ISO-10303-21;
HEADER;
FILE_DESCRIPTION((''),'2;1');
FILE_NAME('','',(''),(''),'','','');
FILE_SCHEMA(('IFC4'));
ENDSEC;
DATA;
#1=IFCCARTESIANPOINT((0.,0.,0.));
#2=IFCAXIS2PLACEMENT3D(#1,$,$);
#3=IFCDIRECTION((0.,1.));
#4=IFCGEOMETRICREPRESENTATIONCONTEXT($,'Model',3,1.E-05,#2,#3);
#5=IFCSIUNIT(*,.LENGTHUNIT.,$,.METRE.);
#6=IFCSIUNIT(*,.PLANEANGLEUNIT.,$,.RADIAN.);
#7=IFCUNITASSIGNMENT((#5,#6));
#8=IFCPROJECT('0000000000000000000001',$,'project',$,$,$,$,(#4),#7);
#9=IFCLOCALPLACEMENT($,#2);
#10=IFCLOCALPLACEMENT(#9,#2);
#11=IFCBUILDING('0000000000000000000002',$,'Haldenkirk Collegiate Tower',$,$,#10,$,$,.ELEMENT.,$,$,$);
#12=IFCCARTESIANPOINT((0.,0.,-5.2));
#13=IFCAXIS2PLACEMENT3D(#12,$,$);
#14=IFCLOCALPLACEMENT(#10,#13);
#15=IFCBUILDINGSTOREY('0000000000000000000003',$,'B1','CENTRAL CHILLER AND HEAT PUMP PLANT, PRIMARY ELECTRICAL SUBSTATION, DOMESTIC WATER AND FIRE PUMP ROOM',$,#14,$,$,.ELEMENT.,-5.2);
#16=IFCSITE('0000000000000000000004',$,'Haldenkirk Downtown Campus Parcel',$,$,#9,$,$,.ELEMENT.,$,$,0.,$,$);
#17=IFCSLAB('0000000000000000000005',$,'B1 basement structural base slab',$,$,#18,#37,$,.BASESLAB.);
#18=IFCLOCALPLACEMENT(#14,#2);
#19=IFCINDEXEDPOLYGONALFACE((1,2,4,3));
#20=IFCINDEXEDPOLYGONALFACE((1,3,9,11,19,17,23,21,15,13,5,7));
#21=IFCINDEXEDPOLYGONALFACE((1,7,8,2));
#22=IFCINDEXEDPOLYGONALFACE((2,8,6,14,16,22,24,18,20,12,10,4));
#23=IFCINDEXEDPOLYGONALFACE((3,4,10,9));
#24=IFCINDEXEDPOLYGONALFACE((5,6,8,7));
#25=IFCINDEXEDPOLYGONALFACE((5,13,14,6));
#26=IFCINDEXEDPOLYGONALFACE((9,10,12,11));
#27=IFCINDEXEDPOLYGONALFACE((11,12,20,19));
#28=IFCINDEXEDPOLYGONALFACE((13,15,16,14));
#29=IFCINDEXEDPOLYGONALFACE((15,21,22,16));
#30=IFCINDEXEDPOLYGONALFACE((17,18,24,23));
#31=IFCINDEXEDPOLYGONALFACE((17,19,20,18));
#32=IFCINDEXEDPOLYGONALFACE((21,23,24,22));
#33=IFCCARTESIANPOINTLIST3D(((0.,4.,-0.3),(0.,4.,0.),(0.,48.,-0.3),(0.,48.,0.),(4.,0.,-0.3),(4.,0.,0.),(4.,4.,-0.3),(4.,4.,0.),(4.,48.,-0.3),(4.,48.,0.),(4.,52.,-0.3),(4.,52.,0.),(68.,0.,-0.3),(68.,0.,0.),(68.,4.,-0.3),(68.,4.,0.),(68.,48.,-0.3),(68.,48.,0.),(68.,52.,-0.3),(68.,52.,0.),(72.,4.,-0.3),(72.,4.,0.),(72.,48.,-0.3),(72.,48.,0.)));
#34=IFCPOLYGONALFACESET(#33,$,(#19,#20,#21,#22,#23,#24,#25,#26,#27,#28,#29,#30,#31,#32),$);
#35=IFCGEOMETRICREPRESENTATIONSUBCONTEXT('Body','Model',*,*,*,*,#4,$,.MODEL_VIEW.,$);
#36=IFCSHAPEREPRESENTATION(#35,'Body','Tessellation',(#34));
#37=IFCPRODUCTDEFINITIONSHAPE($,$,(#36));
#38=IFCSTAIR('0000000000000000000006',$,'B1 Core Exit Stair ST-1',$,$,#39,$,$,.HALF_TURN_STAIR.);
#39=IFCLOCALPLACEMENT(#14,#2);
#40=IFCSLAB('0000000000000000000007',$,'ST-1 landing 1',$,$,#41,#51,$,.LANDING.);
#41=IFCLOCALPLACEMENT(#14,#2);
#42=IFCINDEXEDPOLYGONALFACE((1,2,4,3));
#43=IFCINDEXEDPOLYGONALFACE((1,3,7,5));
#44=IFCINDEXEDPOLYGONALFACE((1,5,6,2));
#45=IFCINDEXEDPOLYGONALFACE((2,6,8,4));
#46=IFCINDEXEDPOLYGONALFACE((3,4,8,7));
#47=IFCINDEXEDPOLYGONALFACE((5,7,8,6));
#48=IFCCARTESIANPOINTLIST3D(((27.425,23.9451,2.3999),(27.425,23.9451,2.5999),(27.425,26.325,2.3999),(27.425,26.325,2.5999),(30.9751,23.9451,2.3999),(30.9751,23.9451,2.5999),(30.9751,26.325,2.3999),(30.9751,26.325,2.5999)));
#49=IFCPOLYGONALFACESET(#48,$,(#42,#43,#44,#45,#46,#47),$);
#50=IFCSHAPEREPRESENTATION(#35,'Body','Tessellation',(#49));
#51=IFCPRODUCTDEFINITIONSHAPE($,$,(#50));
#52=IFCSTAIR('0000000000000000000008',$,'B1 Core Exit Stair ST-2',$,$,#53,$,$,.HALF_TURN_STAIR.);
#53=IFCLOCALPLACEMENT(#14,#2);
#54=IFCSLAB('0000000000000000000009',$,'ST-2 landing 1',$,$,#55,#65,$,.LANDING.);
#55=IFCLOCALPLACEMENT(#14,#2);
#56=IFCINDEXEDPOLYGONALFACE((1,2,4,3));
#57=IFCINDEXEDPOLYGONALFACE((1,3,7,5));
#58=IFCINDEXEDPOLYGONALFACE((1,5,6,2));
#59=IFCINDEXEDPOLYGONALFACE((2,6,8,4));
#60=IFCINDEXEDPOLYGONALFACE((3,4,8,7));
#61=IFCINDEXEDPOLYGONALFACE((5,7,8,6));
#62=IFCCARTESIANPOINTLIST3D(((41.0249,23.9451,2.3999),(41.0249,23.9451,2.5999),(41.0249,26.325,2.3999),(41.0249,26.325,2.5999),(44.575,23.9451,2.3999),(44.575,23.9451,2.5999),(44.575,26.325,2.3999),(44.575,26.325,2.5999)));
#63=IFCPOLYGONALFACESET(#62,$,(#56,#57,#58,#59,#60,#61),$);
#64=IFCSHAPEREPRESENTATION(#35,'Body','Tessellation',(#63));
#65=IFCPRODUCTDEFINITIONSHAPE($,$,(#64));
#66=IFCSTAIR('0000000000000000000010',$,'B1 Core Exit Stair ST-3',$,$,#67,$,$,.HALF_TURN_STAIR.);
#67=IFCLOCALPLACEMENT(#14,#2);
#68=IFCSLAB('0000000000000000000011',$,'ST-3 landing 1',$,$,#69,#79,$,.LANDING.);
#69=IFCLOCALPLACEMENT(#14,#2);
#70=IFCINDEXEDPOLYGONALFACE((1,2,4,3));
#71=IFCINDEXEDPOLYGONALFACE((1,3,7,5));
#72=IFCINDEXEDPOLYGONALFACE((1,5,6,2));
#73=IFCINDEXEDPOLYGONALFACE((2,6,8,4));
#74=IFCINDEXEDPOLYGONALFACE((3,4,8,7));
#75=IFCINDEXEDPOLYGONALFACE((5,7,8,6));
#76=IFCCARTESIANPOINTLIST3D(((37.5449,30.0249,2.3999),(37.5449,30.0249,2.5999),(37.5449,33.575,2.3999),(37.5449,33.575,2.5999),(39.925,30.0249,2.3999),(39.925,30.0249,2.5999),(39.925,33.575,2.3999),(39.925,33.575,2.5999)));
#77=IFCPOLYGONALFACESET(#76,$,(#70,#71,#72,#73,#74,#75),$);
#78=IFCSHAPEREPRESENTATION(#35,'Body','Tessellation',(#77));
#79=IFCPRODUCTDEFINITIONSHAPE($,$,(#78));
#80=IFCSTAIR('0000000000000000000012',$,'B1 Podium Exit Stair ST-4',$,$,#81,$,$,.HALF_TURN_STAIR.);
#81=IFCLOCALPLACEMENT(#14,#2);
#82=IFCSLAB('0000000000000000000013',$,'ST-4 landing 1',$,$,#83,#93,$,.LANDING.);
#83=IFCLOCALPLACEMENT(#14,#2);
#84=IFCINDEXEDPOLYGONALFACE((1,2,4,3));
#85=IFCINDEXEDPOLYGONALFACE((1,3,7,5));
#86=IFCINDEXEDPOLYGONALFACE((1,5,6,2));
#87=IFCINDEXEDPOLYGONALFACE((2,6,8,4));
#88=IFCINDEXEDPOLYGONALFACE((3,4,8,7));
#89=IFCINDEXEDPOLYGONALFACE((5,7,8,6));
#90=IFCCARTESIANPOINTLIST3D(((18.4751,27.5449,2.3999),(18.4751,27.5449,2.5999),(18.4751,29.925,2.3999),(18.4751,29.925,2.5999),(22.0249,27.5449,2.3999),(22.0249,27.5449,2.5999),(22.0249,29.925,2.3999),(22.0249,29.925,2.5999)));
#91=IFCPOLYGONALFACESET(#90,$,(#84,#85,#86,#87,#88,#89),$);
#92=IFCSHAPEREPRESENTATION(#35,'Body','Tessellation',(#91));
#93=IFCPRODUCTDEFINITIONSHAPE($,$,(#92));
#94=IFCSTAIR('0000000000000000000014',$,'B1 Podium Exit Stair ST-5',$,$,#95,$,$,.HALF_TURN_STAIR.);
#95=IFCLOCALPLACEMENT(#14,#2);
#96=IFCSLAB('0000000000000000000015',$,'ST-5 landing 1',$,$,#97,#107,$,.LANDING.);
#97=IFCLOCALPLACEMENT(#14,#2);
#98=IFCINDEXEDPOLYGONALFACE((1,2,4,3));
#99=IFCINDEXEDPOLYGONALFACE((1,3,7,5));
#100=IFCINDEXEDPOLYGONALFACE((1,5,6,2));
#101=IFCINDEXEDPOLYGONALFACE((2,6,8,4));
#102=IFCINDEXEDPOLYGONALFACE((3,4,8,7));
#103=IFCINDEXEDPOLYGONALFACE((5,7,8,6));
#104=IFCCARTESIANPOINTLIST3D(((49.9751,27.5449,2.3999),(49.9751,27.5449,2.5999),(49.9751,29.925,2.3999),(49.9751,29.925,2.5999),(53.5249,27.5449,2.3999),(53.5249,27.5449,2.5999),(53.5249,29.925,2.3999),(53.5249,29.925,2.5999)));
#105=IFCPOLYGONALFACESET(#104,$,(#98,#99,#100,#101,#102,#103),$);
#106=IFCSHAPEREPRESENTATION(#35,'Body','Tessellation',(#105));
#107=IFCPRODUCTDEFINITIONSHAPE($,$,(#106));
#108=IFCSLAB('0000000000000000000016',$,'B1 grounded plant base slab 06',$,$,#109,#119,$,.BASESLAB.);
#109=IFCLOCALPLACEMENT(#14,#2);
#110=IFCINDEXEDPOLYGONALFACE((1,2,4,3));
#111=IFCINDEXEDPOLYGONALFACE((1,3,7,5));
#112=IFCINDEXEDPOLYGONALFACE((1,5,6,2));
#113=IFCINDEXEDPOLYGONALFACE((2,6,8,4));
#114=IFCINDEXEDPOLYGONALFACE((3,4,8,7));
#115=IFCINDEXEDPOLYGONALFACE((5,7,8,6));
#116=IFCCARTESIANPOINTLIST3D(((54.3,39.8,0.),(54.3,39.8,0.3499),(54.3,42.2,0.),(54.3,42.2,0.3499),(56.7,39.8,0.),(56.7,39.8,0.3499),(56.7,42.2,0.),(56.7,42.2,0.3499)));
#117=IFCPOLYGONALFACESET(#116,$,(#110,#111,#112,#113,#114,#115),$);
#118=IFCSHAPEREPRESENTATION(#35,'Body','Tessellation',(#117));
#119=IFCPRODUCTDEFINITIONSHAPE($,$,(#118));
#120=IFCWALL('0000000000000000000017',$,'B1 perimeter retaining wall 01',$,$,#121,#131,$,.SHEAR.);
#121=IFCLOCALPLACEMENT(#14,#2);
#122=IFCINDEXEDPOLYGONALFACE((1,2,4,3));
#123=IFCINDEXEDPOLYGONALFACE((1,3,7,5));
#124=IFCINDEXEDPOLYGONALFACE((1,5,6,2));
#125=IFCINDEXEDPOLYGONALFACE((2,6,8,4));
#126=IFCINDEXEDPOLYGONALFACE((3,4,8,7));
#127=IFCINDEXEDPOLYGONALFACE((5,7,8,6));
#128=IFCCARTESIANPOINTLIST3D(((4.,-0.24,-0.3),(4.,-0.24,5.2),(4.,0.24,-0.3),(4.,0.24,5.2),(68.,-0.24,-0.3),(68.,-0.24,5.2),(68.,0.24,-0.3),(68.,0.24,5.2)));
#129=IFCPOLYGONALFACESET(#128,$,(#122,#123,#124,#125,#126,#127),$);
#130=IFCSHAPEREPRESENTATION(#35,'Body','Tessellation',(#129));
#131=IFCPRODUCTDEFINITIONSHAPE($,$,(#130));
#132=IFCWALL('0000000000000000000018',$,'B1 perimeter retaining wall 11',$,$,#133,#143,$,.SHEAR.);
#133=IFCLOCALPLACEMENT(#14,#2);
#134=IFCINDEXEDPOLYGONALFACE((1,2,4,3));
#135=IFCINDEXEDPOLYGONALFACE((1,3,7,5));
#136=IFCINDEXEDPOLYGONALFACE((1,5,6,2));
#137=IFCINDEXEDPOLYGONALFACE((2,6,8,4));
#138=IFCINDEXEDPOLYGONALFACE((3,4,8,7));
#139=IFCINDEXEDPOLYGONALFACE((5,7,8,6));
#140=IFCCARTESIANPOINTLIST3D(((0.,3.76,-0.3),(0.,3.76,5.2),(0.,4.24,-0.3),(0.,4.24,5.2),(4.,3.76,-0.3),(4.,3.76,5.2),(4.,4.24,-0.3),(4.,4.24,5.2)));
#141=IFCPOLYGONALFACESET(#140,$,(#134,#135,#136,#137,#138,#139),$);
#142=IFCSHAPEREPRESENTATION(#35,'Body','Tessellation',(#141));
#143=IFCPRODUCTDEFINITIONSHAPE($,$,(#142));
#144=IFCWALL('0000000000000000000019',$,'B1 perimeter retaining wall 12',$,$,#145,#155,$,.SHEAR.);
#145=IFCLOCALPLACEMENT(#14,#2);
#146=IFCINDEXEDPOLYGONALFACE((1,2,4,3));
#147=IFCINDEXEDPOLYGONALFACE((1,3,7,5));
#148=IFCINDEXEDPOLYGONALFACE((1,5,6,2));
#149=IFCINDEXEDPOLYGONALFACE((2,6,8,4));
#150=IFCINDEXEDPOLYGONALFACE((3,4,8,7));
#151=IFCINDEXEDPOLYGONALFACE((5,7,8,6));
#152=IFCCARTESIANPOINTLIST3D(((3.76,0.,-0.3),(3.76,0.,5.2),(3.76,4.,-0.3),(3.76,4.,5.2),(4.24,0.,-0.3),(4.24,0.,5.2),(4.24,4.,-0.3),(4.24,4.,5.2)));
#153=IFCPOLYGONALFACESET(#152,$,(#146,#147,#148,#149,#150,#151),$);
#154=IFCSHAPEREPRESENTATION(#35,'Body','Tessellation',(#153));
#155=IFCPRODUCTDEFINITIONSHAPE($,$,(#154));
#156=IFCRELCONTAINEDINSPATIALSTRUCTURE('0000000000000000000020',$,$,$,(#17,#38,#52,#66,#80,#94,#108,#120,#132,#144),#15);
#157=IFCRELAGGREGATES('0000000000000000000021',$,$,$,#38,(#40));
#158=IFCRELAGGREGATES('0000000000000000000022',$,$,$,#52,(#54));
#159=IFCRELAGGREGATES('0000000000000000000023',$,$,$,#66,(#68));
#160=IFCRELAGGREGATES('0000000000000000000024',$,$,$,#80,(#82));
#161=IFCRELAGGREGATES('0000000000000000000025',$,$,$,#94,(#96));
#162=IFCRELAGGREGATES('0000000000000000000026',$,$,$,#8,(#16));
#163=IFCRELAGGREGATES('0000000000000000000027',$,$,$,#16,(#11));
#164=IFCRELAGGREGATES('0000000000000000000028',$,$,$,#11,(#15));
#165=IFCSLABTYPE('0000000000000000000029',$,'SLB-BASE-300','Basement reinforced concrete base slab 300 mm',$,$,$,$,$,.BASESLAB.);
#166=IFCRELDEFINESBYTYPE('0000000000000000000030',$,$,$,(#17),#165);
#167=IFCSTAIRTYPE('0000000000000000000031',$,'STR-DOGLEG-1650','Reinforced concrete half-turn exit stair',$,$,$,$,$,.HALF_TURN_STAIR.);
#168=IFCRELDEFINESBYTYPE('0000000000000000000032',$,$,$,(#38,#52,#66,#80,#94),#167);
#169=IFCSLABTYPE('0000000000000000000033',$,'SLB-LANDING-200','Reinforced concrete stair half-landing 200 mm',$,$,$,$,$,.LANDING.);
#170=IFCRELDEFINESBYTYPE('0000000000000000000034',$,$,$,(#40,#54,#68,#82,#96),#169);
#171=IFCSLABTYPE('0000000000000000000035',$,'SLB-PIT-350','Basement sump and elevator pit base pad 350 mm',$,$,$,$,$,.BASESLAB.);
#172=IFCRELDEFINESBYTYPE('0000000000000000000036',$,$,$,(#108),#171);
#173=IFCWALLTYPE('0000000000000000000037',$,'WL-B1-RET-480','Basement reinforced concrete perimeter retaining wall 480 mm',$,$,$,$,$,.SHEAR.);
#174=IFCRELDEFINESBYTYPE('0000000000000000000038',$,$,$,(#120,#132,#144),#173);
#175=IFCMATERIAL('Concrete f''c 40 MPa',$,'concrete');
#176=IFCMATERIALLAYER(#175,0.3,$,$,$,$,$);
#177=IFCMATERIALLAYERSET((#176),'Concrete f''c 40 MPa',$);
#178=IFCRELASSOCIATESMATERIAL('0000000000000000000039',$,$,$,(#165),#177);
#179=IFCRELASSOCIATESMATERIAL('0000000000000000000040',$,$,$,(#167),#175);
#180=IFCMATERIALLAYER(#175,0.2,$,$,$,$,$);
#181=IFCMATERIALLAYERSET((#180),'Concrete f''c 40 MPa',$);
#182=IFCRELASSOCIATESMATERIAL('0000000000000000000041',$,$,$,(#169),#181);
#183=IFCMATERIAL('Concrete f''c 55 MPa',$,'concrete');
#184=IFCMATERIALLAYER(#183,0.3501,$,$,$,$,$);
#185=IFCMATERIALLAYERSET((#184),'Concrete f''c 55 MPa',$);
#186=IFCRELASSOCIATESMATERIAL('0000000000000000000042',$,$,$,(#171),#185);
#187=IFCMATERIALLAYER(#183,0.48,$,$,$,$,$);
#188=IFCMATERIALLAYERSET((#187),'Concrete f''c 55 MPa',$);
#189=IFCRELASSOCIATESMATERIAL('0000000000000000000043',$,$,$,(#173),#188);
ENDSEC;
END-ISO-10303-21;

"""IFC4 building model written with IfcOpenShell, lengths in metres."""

from ifc_helpers import new_model, si_unit, direction, frame, frame_2d, origin, place, context, subcontext, project, spatial, polyline, rectangle, outline, extrude, material, layer, layer_set, type_object, element, aggregate, save


model = new_model("IFC4")

# Units and contexts
model_context = context("Model", 3, precision=1e-05, world=origin(), true_north=direction((0.0, 1.0)))
body_context = subcontext(model_context, "Body", "Model", "MODEL_VIEW")
ifc_project = project(units=[si_unit("LENGTHUNIT", "METRE"), si_unit("PLANEANGLEUNIT", "RADIAN")], contexts=[model_context])

# Site, building, storey
site_placement = place(None, origin())
site = spatial("IfcSite", under=ifc_project, at=site_placement, Name="Haldenkirk Downtown Campus Parcel", CompositionType="ELEMENT", RefElevation=0.0)
building_placement = place(site_placement, origin())
building = spatial("IfcBuilding", under=site, at=building_placement, Name="Haldenkirk Collegiate Tower", CompositionType="ELEMENT")
storey_placement = place(building_placement, frame((0.0, 0.0, -5.2)))
storey = spatial("IfcBuildingStorey", under=building, at=storey_placement, Name="B1", Description="CENTRAL CHILLER AND HEAT PUMP PLANT, PRIMARY ELECTRICAL SUBSTATION, DOMESTIC WATER AND FIRE PUMP ROOM", CompositionType="ELEMENT", Elevation=-5.2)

# Shared definitions
ifc_material_1 = material(Name="Concrete f'c 55 MPa", Category="concrete")

# Slab
ifc_material_2 = material(Name="Concrete f'c 40 MPa", Category="concrete")
ifc_layer_1 = layer(ifc_material_2, 0.3)
ifc_layer_set_1 = layer_set([ifc_layer_1], Name="Concrete f'c 40 MPa")
slab_type_1 = type_object("IfcSlabType", Name="SLB-BASE-300", Description="Basement reinforced concrete base slab 300 mm", PredefinedType="BASESLAB", material=ifc_layer_set_1)
slab_1_placement = place(storey_placement, frame((0.0, 0.0, -0.3)))
element("IfcSlab", 1, at=slab_1_placement, inside=storey, type_object=slab_type_1, Name="B1 basement structural base slab", PredefinedType="BASESLAB", context=body_context, shape_type="SweptSolid", body=[
    extrude(outline(polyline([(4.0, 0.0), (68.0, 0.0), (68.0, 4.0), (72.0, 4.0), (72.0, 48.0), (68.0, 48.0), (68.0, 52.0), (4.0, 52.0), (4.0, 48.0), (0.0, 48.0), (0.0, 4.0), (4.0, 4.0), (4.0, 0.0)])), origin(), (0.0, 0.0, 1.0), 0.3),
])

# Stairs, slabs
stair_type = type_object("IfcStairType", Name="STR-DOGLEG-1650", Description="Reinforced concrete half-turn exit stair", PredefinedType="HALF_TURN_STAIR", material=ifc_material_2)
stair_1_placement = place(storey_placement, origin())
stair_1 = element("IfcStair", 2, at=stair_1_placement, inside=storey, type_object=stair_type, Name="B1 Core Exit Stair ST-1", PredefinedType="HALF_TURN_STAIR")
ifc_layer_2 = layer(ifc_material_2, 0.2)
ifc_layer_set_2 = layer_set([ifc_layer_2], Name="Concrete f'c 40 MPa")
slab_type_2 = type_object("IfcSlabType", Name="SLB-LANDING-200", Description="Reinforced concrete stair half-landing 200 mm", PredefinedType="LANDING", material=ifc_layer_set_2)
slab_2_placement = place(storey_placement, frame((0.0, 0.0, 2.3999)))
slab_2 = element("IfcSlab", 3, at=slab_2_placement, type_object=slab_type_2, Name="ST-1 landing 1", PredefinedType="LANDING", context=body_context, shape_type="SweptSolid", body=[
    extrude(outline(polyline([(30.9751, 23.9451), (27.425, 23.9451), (27.425, 26.325), (30.9751, 26.325), (30.9751, 23.9451)])), origin(), (0.0, 0.0, 1.0), 0.2),
])
aggregate(stair_1, [slab_2])
stair_2_placement = place(storey_placement, origin())
stair_2 = element("IfcStair", 4, at=stair_2_placement, inside=storey, type_object=stair_type, Name="B1 Core Exit Stair ST-2", PredefinedType="HALF_TURN_STAIR")
slab_3_placement = place(storey_placement, frame((0.0, 0.0, 2.3999)))
slab_3 = element("IfcSlab", 5, at=slab_3_placement, type_object=slab_type_2, Name="ST-2 landing 1", PredefinedType="LANDING", context=body_context, shape_type="SweptSolid", body=[
    extrude(outline(polyline([(44.575, 23.9451), (41.0249, 23.9451), (41.0249, 26.325), (44.575, 26.325), (44.575, 23.9451)])), origin(), (0.0, 0.0, 1.0), 0.2),
])
aggregate(stair_2, [slab_3])
stair_3_placement = place(storey_placement, origin())
stair_3 = element("IfcStair", 6, at=stair_3_placement, inside=storey, type_object=stair_type, Name="B1 Core Exit Stair ST-3", PredefinedType="HALF_TURN_STAIR")
slab_4_placement = place(storey_placement, frame((0.0, 0.0, 2.3999)))
slab_4 = element("IfcSlab", 7, at=slab_4_placement, type_object=slab_type_2, Name="ST-3 landing 1", PredefinedType="LANDING", context=body_context, shape_type="SweptSolid", body=[
    extrude(outline(polyline([(37.5449, 30.0249), (37.5449, 33.575), (39.925, 33.575), (39.925, 30.0249), (37.5449, 30.0249)])), origin(), (0.0, 0.0, 1.0), 0.2),
])
aggregate(stair_3, [slab_4])
stair_4_placement = place(storey_placement, origin())
stair_4 = element("IfcStair", 8, at=stair_4_placement, inside=storey, type_object=stair_type, Name="B1 Podium Exit Stair ST-4", PredefinedType="HALF_TURN_STAIR")
slab_5_placement = place(storey_placement, frame((0.0, 0.0, 2.3999)))
slab_5 = element("IfcSlab", 9, at=slab_5_placement, type_object=slab_type_2, Name="ST-4 landing 1", PredefinedType="LANDING", context=body_context, shape_type="SweptSolid", body=[
    extrude(outline(polyline([(22.0249, 27.5449), (18.4751, 27.5449), (18.4751, 29.925), (22.0249, 29.925), (22.0249, 27.5449)])), origin(), (0.0, 0.0, 1.0), 0.2),
])
aggregate(stair_4, [slab_5])
stair_5_placement = place(storey_placement, origin())
stair_5 = element("IfcStair", 10, at=stair_5_placement, inside=storey, type_object=stair_type, Name="B1 Podium Exit Stair ST-5", PredefinedType="HALF_TURN_STAIR")
slab_6_placement = place(storey_placement, frame((0.0, 0.0, 2.3999)))
slab_6 = element("IfcSlab", 11, at=slab_6_placement, type_object=slab_type_2, Name="ST-5 landing 1", PredefinedType="LANDING", context=body_context, shape_type="SweptSolid", body=[
    extrude(outline(polyline([(53.5249, 27.5449), (49.9751, 27.5449), (49.9751, 29.925), (53.5249, 29.925), (53.5249, 27.5449)])), origin(), (0.0, 0.0, 1.0), 0.2),
])
aggregate(stair_5, [slab_6])

# Slab
ifc_layer_3 = layer(ifc_material_1, 0.3501)
ifc_layer_set_3 = layer_set([ifc_layer_3], Name="Concrete f'c 55 MPa")
slab_type_3 = type_object("IfcSlabType", Name="SLB-PIT-350", Description="Basement sump and elevator pit base pad 350 mm", PredefinedType="BASESLAB", material=ifc_layer_set_3)
slab_7_placement = place(storey_placement, origin())
element("IfcSlab", 12, at=slab_7_placement, inside=storey, type_object=slab_type_3, Name="B1 grounded plant base slab 06", PredefinedType="BASESLAB", context=body_context, shape_type="SweptSolid", body=[
    extrude(outline(polyline([(54.3, 39.8), (56.7, 39.8), (56.7, 42.2), (54.3, 42.2), (54.3, 39.8)])), origin(), (0.0, 0.0, 1.0), 0.3499),
])

# Walls
ifc_layer_4 = layer(ifc_material_1, 0.48)
ifc_layer_set_4 = layer_set([ifc_layer_4], Name="Concrete f'c 55 MPa")
wall_type_1 = type_object("IfcWallType", Name="WL-B1-RET-480", Description="Basement reinforced concrete perimeter retaining wall 480 mm", PredefinedType="SHEAR", material=ifc_layer_set_4)
wall_1_placement = place(storey_placement, frame((4.0, 0.0, -0.3), z_axis=(0.0, 0.0, 1.0), x_axis=(1.0, 0.0, 0.0)))
element("IfcWall", 13, at=wall_1_placement, inside=storey, type_object=wall_type_1, Name="B1 perimeter retaining wall 01", PredefinedType="SHEAR", context=body_context, shape_type="SweptSolid", body=[
    extrude(rectangle(XDim=64.0, YDim=0.48, at=frame_2d((32.0, 0.0))), origin(), (0.0, 0.0, 1.0), 5.5),
])
for number, where, z_axis, x_axis, name in (
    (14, (0.0, 4.0, -0.3), (0.0, 0.0, 1.0), (1.0, 0.0, 0.0), "B1 perimeter retaining wall 11"),
    (15, (4.0, 4.0, -0.3), (0.0, 0.0, 1.0), (0.0, -1.0, 0.0), "B1 perimeter retaining wall 12"),
):
    element("IfcWall", number, at=place(storey_placement, frame(where, z_axis=z_axis, x_axis=x_axis)), inside=storey, type_object=wall_type_1, Name=name, PredefinedType="SHEAR", context=body_context, shape_type="SweptSolid", body=[
        extrude(rectangle(XDim=4.0, YDim=0.48, at=frame_2d((2.0, 0.0))), origin(), (0.0, 0.0, 1.0), 5.5),
    ])

save(model, "model.ifc")
